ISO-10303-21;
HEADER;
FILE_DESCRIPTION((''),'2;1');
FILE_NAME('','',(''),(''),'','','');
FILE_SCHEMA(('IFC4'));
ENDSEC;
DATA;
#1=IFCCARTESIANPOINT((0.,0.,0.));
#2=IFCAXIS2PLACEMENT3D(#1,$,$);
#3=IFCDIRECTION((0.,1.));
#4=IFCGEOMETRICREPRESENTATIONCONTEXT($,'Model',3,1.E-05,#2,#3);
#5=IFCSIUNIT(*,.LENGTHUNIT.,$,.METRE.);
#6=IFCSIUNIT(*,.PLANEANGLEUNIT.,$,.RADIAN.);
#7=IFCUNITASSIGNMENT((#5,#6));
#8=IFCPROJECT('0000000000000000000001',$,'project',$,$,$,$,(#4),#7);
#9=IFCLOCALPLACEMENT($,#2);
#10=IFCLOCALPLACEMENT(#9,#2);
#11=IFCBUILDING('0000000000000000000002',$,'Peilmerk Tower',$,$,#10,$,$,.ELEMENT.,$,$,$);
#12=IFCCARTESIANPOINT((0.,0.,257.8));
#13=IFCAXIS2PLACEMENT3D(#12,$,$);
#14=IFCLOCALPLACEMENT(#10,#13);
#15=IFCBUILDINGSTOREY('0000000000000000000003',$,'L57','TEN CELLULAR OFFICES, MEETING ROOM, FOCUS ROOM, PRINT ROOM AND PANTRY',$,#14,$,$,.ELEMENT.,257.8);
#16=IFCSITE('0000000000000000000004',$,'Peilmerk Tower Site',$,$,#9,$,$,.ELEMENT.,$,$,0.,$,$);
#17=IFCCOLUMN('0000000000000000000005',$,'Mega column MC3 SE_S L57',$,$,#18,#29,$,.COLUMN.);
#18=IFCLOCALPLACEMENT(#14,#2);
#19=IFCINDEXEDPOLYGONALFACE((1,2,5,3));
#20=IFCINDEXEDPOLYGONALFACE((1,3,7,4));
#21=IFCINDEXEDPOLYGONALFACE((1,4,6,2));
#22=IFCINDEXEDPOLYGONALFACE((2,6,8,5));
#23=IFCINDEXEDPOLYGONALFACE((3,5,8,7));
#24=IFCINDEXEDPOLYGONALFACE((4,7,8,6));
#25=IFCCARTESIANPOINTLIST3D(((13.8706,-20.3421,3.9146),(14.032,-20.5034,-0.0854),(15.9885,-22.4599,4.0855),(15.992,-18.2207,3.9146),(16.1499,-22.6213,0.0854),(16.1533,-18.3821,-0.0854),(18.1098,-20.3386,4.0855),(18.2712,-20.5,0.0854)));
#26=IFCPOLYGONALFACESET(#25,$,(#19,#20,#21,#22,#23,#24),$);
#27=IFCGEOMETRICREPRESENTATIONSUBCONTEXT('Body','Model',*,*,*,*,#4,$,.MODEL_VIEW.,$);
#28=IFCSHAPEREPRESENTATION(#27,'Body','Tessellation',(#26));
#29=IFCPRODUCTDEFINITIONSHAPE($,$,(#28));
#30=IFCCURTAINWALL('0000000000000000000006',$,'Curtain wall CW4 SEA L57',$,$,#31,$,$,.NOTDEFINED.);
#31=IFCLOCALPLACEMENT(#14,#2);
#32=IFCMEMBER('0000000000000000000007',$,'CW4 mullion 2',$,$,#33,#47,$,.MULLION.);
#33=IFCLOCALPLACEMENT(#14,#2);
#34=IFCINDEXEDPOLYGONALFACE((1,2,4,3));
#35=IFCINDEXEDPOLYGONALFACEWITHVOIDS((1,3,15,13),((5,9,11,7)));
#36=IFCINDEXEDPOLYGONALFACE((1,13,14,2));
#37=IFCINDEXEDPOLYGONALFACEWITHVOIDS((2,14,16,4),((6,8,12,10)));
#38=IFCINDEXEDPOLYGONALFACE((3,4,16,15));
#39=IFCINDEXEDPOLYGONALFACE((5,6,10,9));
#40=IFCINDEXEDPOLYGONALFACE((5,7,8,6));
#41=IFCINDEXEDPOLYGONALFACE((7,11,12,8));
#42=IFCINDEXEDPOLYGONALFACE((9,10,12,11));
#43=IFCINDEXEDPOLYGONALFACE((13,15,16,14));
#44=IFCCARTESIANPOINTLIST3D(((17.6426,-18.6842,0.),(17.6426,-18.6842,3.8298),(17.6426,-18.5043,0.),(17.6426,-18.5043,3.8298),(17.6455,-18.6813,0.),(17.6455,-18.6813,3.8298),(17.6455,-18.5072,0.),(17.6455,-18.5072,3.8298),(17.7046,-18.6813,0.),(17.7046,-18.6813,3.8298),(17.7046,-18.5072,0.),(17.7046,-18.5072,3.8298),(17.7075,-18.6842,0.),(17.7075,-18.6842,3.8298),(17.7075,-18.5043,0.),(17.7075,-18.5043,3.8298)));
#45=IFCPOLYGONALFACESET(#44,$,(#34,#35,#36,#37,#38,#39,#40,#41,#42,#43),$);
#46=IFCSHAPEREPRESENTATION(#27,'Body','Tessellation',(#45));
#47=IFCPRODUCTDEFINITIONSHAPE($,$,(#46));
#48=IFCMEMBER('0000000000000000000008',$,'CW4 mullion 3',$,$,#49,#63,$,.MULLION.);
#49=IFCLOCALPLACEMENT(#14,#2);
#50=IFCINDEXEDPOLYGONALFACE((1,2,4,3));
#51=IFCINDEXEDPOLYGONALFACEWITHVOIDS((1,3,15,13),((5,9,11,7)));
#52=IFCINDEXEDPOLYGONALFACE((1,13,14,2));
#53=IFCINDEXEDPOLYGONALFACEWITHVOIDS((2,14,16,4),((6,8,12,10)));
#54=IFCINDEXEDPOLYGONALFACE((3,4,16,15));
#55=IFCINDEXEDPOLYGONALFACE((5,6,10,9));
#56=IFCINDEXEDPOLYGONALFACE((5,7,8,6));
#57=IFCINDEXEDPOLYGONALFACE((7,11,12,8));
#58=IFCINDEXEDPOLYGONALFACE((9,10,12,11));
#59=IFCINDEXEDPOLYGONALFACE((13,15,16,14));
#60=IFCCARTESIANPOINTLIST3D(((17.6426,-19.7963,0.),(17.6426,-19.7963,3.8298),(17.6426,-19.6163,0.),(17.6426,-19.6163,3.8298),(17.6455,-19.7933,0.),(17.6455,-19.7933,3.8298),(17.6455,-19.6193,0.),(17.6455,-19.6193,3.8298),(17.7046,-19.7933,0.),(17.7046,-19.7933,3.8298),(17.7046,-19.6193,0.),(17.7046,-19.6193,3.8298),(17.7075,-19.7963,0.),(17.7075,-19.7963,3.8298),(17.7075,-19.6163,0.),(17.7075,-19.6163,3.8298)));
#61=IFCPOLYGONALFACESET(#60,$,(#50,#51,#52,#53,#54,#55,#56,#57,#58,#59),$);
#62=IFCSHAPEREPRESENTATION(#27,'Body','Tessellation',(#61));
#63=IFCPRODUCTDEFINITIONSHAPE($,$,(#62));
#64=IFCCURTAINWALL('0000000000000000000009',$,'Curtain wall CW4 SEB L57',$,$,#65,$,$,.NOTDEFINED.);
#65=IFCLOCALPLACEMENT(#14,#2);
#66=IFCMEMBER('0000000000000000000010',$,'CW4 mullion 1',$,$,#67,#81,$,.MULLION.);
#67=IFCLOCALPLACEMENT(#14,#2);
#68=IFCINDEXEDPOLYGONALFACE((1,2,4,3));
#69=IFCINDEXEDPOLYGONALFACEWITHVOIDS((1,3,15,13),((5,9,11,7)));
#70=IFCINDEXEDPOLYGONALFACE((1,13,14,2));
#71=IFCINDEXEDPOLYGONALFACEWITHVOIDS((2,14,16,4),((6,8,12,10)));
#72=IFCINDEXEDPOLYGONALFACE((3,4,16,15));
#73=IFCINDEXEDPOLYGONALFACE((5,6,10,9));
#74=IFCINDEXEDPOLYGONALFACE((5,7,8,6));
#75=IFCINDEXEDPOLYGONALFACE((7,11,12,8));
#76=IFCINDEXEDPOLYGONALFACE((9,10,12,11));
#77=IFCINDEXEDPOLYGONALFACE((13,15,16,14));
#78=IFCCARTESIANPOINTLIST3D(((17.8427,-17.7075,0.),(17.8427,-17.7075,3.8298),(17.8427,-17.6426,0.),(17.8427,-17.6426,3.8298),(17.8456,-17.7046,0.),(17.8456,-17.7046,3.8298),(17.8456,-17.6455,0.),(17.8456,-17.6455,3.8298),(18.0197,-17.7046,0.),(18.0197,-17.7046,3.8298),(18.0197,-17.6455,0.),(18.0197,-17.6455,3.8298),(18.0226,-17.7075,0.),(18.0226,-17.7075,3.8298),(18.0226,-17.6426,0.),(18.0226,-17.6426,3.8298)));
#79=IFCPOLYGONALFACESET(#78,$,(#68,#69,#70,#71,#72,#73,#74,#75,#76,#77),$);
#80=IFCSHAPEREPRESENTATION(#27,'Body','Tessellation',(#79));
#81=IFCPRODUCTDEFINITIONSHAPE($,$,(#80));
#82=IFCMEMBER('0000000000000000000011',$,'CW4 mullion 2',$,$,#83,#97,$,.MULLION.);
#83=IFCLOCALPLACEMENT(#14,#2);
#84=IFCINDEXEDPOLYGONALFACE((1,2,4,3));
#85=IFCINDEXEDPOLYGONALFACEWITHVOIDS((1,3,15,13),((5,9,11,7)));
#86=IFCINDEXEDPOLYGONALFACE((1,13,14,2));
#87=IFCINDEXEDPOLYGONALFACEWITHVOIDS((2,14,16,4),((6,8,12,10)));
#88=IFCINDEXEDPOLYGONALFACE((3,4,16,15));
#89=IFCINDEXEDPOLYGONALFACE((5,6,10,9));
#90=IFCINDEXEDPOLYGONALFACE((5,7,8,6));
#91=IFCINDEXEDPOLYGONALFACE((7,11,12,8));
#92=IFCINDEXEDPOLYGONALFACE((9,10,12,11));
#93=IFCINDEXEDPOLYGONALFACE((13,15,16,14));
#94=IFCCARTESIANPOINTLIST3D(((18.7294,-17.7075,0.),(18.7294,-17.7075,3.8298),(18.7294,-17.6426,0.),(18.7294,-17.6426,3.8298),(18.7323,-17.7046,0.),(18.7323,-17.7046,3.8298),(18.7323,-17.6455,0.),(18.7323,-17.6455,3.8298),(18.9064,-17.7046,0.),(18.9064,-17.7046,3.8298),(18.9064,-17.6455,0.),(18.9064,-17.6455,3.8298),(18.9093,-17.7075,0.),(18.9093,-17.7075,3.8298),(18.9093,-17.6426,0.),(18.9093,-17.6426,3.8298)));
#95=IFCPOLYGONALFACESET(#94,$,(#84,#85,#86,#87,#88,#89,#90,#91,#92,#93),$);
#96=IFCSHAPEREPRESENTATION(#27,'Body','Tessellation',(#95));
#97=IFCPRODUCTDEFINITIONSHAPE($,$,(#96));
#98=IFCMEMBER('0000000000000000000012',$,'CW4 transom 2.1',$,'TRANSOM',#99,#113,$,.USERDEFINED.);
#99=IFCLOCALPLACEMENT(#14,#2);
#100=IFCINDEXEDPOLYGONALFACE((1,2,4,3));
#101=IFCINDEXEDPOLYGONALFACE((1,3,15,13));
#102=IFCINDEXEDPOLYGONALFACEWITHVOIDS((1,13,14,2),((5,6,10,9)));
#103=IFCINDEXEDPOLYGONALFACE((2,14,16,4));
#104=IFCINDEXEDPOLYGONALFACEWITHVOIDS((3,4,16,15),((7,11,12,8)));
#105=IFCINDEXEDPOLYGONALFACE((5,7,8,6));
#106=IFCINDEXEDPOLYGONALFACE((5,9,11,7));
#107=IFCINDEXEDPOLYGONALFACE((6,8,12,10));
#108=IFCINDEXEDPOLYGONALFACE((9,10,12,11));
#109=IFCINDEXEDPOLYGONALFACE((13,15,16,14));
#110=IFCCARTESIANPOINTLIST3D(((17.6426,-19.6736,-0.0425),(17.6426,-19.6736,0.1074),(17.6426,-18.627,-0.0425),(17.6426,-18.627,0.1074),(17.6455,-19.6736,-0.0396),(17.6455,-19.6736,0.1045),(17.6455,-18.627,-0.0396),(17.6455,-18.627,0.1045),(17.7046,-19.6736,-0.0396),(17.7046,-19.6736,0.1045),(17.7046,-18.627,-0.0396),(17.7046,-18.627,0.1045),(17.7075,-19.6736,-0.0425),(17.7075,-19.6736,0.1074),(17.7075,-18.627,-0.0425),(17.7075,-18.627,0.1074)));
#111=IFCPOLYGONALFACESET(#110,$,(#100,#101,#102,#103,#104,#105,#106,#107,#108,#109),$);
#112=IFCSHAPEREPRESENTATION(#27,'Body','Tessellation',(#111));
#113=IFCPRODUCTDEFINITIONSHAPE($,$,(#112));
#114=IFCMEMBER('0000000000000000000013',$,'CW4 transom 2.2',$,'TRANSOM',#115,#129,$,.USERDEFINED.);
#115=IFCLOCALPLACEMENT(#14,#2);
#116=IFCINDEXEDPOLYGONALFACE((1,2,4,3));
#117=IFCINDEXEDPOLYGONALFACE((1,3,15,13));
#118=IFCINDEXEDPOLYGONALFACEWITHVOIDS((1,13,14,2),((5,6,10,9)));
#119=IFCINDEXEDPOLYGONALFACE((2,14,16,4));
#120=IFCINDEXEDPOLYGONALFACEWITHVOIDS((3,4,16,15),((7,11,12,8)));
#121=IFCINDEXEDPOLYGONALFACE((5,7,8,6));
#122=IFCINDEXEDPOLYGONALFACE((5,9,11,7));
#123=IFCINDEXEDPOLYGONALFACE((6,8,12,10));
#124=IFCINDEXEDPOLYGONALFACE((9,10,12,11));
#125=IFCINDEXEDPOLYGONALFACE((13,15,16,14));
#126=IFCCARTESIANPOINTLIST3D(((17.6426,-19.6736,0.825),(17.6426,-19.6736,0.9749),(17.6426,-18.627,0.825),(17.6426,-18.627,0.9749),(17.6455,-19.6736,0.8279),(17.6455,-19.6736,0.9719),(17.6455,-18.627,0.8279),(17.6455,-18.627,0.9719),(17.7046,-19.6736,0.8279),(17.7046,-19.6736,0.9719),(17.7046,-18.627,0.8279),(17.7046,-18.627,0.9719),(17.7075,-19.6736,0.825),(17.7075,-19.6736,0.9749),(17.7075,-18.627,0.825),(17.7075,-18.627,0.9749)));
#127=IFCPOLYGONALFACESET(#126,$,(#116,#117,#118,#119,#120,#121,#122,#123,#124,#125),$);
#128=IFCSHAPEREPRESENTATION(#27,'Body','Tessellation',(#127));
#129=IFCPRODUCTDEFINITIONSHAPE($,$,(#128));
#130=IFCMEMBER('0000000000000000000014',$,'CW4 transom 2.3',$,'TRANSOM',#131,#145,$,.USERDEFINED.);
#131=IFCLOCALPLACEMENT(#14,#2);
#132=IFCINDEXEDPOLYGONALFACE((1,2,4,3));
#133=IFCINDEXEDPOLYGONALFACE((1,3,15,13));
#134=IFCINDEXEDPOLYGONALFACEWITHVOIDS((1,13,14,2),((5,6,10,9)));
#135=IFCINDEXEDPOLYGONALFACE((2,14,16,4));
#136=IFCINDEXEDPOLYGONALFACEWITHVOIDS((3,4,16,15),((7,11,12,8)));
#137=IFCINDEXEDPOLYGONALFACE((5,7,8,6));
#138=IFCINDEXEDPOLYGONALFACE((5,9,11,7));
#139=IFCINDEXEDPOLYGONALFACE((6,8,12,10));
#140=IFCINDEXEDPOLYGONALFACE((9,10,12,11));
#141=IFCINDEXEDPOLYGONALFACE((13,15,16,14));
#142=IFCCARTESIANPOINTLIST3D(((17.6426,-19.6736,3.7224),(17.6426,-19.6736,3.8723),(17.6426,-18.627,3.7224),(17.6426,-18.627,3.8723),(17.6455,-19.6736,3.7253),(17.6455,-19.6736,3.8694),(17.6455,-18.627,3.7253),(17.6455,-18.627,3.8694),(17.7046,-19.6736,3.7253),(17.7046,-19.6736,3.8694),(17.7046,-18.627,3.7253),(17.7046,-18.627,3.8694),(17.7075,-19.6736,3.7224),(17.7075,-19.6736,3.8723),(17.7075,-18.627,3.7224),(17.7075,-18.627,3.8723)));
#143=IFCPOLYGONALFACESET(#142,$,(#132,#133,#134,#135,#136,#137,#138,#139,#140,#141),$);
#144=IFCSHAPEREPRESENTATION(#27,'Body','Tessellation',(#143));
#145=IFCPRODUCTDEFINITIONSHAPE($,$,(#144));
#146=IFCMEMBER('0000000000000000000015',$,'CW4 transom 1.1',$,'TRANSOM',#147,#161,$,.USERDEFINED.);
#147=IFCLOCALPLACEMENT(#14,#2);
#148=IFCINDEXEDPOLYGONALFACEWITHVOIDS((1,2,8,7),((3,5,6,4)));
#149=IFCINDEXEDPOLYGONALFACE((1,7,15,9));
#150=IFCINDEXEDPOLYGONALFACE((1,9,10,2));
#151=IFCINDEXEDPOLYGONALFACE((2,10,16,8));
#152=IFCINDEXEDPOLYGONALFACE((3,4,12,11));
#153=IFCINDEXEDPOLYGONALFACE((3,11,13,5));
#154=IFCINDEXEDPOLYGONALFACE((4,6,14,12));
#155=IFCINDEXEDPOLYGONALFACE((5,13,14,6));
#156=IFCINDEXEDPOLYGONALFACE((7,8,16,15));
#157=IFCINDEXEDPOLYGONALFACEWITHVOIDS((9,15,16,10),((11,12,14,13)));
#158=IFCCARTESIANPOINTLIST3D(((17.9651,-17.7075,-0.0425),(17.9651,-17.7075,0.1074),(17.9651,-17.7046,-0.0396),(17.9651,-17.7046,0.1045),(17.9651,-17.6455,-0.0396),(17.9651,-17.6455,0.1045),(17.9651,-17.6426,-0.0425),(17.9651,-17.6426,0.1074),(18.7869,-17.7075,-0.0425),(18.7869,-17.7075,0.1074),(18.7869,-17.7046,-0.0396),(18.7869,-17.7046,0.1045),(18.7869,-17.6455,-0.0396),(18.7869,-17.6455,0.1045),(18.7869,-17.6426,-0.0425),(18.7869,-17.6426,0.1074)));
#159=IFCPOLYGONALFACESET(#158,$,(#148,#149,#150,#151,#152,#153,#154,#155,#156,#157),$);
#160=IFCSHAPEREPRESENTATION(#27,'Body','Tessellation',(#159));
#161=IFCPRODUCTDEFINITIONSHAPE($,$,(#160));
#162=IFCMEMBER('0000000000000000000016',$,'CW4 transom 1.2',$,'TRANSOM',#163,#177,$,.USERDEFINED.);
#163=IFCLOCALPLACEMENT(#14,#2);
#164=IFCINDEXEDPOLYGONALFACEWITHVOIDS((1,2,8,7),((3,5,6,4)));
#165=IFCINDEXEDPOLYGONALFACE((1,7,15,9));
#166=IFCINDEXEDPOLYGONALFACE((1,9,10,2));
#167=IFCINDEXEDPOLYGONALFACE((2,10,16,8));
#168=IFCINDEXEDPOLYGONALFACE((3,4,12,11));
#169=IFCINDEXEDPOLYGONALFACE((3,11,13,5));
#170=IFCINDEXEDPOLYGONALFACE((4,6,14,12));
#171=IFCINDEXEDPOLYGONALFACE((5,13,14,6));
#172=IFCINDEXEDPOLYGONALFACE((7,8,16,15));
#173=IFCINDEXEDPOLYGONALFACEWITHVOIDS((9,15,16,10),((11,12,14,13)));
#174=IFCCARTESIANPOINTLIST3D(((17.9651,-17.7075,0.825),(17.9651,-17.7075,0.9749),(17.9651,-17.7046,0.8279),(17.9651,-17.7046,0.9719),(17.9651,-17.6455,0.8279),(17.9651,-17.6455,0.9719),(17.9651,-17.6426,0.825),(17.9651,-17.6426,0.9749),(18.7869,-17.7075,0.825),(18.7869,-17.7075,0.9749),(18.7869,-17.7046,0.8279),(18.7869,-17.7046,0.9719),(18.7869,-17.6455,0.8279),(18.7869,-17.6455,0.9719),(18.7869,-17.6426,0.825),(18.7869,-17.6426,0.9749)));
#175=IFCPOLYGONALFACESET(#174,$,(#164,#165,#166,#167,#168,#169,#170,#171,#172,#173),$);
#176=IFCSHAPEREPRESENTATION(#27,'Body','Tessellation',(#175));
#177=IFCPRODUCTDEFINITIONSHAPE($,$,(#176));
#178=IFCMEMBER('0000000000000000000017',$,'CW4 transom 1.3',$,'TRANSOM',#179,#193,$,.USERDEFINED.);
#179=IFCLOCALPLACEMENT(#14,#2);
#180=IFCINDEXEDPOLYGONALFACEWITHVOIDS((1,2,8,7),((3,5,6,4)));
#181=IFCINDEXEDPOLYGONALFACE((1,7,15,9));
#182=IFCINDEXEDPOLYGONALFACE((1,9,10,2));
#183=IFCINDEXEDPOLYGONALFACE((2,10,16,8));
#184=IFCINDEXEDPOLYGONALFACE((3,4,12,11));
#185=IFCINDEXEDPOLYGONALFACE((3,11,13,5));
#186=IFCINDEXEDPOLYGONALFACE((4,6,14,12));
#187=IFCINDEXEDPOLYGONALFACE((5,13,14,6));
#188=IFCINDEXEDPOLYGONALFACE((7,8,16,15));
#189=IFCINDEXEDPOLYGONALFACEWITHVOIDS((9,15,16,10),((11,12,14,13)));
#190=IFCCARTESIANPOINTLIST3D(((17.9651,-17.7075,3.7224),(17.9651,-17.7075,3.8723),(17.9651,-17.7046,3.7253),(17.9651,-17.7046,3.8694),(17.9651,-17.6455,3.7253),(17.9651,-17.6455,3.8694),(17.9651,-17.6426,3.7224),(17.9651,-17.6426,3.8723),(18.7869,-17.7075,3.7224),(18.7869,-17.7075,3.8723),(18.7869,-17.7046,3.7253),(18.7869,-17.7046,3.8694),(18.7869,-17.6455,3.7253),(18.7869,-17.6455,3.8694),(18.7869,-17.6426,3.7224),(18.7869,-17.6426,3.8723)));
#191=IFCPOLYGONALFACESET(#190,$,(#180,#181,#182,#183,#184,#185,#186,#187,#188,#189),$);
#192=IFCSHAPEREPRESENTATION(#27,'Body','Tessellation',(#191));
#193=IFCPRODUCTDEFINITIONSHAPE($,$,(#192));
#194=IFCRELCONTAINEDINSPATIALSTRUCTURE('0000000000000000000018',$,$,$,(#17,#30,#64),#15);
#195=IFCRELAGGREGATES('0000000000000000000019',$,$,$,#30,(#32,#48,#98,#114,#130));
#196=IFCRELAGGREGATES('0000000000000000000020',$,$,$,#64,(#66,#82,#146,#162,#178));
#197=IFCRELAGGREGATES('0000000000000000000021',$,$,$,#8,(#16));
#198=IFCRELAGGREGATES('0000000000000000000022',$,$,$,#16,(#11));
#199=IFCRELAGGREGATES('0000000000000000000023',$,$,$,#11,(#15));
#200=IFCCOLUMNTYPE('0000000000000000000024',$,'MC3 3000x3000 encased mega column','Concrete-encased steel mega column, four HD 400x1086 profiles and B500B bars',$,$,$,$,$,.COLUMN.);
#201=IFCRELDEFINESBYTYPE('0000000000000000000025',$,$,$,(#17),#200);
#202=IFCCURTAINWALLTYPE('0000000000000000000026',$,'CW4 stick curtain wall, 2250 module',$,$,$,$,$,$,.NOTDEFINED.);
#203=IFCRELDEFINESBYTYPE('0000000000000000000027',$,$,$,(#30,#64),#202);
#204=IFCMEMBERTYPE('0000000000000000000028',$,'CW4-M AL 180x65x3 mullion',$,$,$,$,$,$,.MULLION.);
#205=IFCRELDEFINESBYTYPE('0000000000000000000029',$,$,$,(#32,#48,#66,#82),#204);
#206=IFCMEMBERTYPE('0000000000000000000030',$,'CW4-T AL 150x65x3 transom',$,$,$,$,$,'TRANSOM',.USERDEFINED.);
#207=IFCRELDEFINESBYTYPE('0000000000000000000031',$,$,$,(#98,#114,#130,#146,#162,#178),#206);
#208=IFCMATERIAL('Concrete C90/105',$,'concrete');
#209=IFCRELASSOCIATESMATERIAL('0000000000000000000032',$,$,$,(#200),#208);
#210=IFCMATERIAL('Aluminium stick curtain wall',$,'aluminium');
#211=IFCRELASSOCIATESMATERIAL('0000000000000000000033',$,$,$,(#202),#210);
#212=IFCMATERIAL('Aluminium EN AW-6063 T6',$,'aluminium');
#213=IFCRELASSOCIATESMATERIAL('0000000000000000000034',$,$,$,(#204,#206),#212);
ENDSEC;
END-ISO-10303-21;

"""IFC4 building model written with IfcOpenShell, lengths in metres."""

from ifc_helpers import new_model, si_unit, direction, frame, origin, origin_2d, place, context, subcontext, project, spatial, rectangle, hollow_rectangle, extrude, material, material_profile, profile_set, type_object, element, aggregate, save


model = new_model("IFC4")

# Units and contexts
model_context = context("Model", 3, precision=1e-05, world=origin(), true_north=direction((0.0, 1.0)))
body_context = subcontext(model_context, "Body", "Model", "MODEL_VIEW")
ifc_project = project(units=[si_unit("LENGTHUNIT", "METRE"), si_unit("PLANEANGLEUNIT", "RADIAN")], contexts=[model_context])

# Site, building, storey
site_placement = place(None, origin())
site = spatial("IfcSite", under=ifc_project, at=site_placement, Name="Peilmerk Tower Site", CompositionType="ELEMENT", RefElevation=0.0)
building_placement = place(site_placement, origin())
building = spatial("IfcBuilding", under=site, at=building_placement, Name="Peilmerk Tower", CompositionType="ELEMENT")
storey_placement = place(building_placement, frame((0.0, 0.0, 257.8)))
storey = spatial("IfcBuildingStorey", under=building, at=storey_placement, Name="L57", Description="TEN CELLULAR OFFICES, MEETING ROOM, FOCUS ROOM, PRINT ROOM AND PANTRY", CompositionType="ELEMENT", Elevation=257.8)

# Column
ifc_material_1 = material(Name="Concrete C90/105", Category="concrete")
ifc_material_profile_1 = material_profile(ifc_material_1, rectangle(XDim=3.0, YDim=3.0, at=origin_2d()), Name="RC 3000x3000")
ifc_profile_set_1 = profile_set([ifc_material_profile_1], Name="Concrete C90/105")
column_type = type_object("IfcColumnType", Name="MC3 3000x3000 encased mega column", Description="Concrete-encased steel mega column, four HD 400x1086 profiles and B500B bars", PredefinedType="COLUMN", material=ifc_profile_set_1)
column_placement = place(storey_placement, frame((16.1516, -20.5017, 0.0), z_axis=(-0.040279, 0.040279, 0.998376), x_axis=(-0.707107, -0.707107, 0.0)))
element("IfcColumn", 1, at=column_placement, inside=storey, type_object=column_type, Name="Mega column MC3 SE_S L57", PredefinedType="COLUMN", context=body_context, shape_type="SweptSolid", body=[
    extrude(rectangle(XDim=3.0, YDim=3.0, at=origin_2d()), origin(), (0.0, 0.0, 1.0), 4.0066),
])

# Curtain walls, members
ifc_material_2 = material(Name="Aluminium stick curtain wall", Category="aluminium")
curtain_wall_type = type_object("IfcCurtainWallType", Name="CW4 stick curtain wall, 2250 module", PredefinedType="NOTDEFINED", material=ifc_material_2)
curtain_wall_1_placement = place(storey_placement, origin())
curtain_wall_1 = element("IfcCurtainWall", 2, at=curtain_wall_1_placement, inside=storey, type_object=curtain_wall_type, Name="Curtain wall CW4 SEA L57", PredefinedType="NOTDEFINED")
ifc_material_3 = material(Name="Aluminium EN AW-6063 T6", Category="aluminium")
ifc_material_profile_2 = material_profile(ifc_material_3, hollow_rectangle(XDim=0.0649, YDim=0.1799, WallThickness=0.0029, at=origin_2d()), Name="AL 180x65x3")
ifc_profile_set_2 = profile_set([ifc_material_profile_2], Name="Aluminium EN AW-6063 T6")
member_type_1 = type_object("IfcMemberType", Name="CW4-M AL 180x65x3 mullion", PredefinedType="MULLION", material=ifc_profile_set_2)
member_1_placement = place(storey_placement, frame((17.675, -18.5942, 0.0), z_axis=(0.0, 0.0, 1.0), x_axis=(1.0, 0.0, 0.0)))
member_1 = element("IfcMember", 3, at=member_1_placement, type_object=member_type_1, Name="CW4 mullion 2", PredefinedType="MULLION", context=body_context, shape_type="SweptSolid", body=[
    extrude(hollow_rectangle(XDim=0.0649, YDim=0.1799, WallThickness=0.0029, at=origin_2d()), origin(), (0.0, 0.0, 1.0), 3.8298),
])
member_2_placement = place(storey_placement, frame((17.675, -19.7063, 0.0), z_axis=(0.0, 0.0, 1.0), x_axis=(1.0, 0.0, 0.0)))
member_2 = element("IfcMember", 4, at=member_2_placement, type_object=member_type_1, Name="CW4 mullion 3", PredefinedType="MULLION", context=body_context, shape_type="SweptSolid", body=[
    extrude(hollow_rectangle(XDim=0.0649, YDim=0.1799, WallThickness=0.0029, at=origin_2d()), origin(), (0.0, 0.0, 1.0), 3.8298),
])
curtain_wall_2_placement = place(storey_placement, origin())
curtain_wall_2 = element("IfcCurtainWall", 5, at=curtain_wall_2_placement, inside=storey, type_object=curtain_wall_type, Name="Curtain wall CW4 SEB L57", PredefinedType="NOTDEFINED")
member_3_placement = place(storey_placement, frame((17.9326, -17.675, 0.0), z_axis=(0.0, 0.0, 1.0), x_axis=(0.0, 1.0, 0.0)))
member_3 = element("IfcMember", 6, at=member_3_placement, type_object=member_type_1, Name="CW4 mullion 1", PredefinedType="MULLION", context=body_context, shape_type="SweptSolid", body=[
    extrude(hollow_rectangle(XDim=0.0649, YDim=0.1799, WallThickness=0.0029, at=origin_2d()), origin(), (0.0, 0.0, 1.0), 3.8298),
])
member_4_placement = place(storey_placement, frame((18.8193, -17.675, 0.0), z_axis=(0.0, 0.0, 1.0), x_axis=(0.0, 1.0, 0.0)))
member_4 = element("IfcMember", 7, at=member_4_placement, type_object=member_type_1, Name="CW4 mullion 2", PredefinedType="MULLION", context=body_context, shape_type="SweptSolid", body=[
    extrude(hollow_rectangle(XDim=0.0649, YDim=0.1799, WallThickness=0.0029, at=origin_2d()), origin(), (0.0, 0.0, 1.0), 3.8298),
])

# Members
ifc_material_profile_3 = material_profile(ifc_material_3, hollow_rectangle(XDim=0.0649, YDim=0.1499, WallThickness=0.0029, at=origin_2d()), Name="AL 150x65x3")
ifc_profile_set_3 = profile_set([ifc_material_profile_3], Name="Aluminium EN AW-6063 T6")
member_type_2 = type_object("IfcMemberType", Name="CW4-T AL 150x65x3 transom", ElementType="TRANSOM", PredefinedType="USERDEFINED", material=ifc_profile_set_3)
member_5_placement = place(storey_placement, frame((17.675, -18.627, 0.0325), z_axis=(0.0, -1.0, 0.0), x_axis=(1.0, 0.0, 0.0)))
member_5 = element("IfcMember", 8, at=member_5_placement, type_object=member_type_2, Name="CW4 transom 2.1", ObjectType="TRANSOM", PredefinedType="USERDEFINED", context=body_context, shape_type="SweptSolid", body=[
    extrude(hollow_rectangle(XDim=0.0649, YDim=0.1499, WallThickness=0.0029, at=origin_2d()), origin(), (0.0, 0.0, 1.0), 1.0466),
])
member_6_placement = place(storey_placement, frame((17.675, -18.627, 0.8999), z_axis=(0.0, -1.0, 0.0), x_axis=(1.0, 0.0, 0.0)))
member_6 = element("IfcMember", 9, at=member_6_placement, type_object=member_type_2, Name="CW4 transom 2.2", ObjectType="TRANSOM", PredefinedType="USERDEFINED", context=body_context, shape_type="SweptSolid", body=[
    extrude(hollow_rectangle(XDim=0.0649, YDim=0.1499, WallThickness=0.0029, at=origin_2d()), origin(), (0.0, 0.0, 1.0), 1.0466),
])
member_7_placement = place(storey_placement, frame((17.675, -18.627, 3.7974), z_axis=(0.0, -1.0, 0.0), x_axis=(1.0, 0.0, 0.0)))
member_7 = element("IfcMember", 10, at=member_7_placement, type_object=member_type_2, Name="CW4 transom 2.3", ObjectType="TRANSOM", PredefinedType="USERDEFINED", context=body_context, shape_type="SweptSolid", body=[
    extrude(hollow_rectangle(XDim=0.0649, YDim=0.1499, WallThickness=0.0029, at=origin_2d()), origin(), (0.0, 0.0, 1.0), 1.0466),
])
member_8_placement = place(storey_placement, frame((17.9651, -17.675, 0.0325), z_axis=(1.0, 0.0, 0.0), x_axis=(0.0, 1.0, 0.0)))
member_8 = element("IfcMember", 11, at=member_8_placement, type_object=member_type_2, Name="CW4 transom 1.1", ObjectType="TRANSOM", PredefinedType="USERDEFINED", context=body_context, shape_type="SweptSolid", body=[
    extrude(hollow_rectangle(XDim=0.0649, YDim=0.1499, WallThickness=0.0029, at=origin_2d()), origin(), (0.0, 0.0, 1.0), 0.8218),
])
member_9_placement = place(storey_placement, frame((17.9651, -17.675, 0.8999), z_axis=(1.0, 0.0, 0.0), x_axis=(0.0, 1.0, 0.0)))
member_9 = element("IfcMember", 12, at=member_9_placement, type_object=member_type_2, Name="CW4 transom 1.2", ObjectType="TRANSOM", PredefinedType="USERDEFINED", context=body_context, shape_type="SweptSolid", body=[
    extrude(hollow_rectangle(XDim=0.0649, YDim=0.1499, WallThickness=0.0029, at=origin_2d()), origin(), (0.0, 0.0, 1.0), 0.8218),
])
member_10_placement = place(storey_placement, frame((17.9651, -17.675, 3.7974), z_axis=(1.0, 0.0, 0.0), x_axis=(0.0, 1.0, 0.0)))
member_10 = element("IfcMember", 13, at=member_10_placement, type_object=member_type_2, Name="CW4 transom 1.3", ObjectType="TRANSOM", PredefinedType="USERDEFINED", context=body_context, shape_type="SweptSolid", body=[
    extrude(hollow_rectangle(XDim=0.0649, YDim=0.1499, WallThickness=0.0029, at=origin_2d()), origin(), (0.0, 0.0, 1.0), 0.8218),
])

aggregate(curtain_wall_1, [member_1, member_2, member_5, member_6, member_7])
aggregate(curtain_wall_2, [member_3, member_4, member_8, member_9, member_10])

save(model, "model.ifc")
